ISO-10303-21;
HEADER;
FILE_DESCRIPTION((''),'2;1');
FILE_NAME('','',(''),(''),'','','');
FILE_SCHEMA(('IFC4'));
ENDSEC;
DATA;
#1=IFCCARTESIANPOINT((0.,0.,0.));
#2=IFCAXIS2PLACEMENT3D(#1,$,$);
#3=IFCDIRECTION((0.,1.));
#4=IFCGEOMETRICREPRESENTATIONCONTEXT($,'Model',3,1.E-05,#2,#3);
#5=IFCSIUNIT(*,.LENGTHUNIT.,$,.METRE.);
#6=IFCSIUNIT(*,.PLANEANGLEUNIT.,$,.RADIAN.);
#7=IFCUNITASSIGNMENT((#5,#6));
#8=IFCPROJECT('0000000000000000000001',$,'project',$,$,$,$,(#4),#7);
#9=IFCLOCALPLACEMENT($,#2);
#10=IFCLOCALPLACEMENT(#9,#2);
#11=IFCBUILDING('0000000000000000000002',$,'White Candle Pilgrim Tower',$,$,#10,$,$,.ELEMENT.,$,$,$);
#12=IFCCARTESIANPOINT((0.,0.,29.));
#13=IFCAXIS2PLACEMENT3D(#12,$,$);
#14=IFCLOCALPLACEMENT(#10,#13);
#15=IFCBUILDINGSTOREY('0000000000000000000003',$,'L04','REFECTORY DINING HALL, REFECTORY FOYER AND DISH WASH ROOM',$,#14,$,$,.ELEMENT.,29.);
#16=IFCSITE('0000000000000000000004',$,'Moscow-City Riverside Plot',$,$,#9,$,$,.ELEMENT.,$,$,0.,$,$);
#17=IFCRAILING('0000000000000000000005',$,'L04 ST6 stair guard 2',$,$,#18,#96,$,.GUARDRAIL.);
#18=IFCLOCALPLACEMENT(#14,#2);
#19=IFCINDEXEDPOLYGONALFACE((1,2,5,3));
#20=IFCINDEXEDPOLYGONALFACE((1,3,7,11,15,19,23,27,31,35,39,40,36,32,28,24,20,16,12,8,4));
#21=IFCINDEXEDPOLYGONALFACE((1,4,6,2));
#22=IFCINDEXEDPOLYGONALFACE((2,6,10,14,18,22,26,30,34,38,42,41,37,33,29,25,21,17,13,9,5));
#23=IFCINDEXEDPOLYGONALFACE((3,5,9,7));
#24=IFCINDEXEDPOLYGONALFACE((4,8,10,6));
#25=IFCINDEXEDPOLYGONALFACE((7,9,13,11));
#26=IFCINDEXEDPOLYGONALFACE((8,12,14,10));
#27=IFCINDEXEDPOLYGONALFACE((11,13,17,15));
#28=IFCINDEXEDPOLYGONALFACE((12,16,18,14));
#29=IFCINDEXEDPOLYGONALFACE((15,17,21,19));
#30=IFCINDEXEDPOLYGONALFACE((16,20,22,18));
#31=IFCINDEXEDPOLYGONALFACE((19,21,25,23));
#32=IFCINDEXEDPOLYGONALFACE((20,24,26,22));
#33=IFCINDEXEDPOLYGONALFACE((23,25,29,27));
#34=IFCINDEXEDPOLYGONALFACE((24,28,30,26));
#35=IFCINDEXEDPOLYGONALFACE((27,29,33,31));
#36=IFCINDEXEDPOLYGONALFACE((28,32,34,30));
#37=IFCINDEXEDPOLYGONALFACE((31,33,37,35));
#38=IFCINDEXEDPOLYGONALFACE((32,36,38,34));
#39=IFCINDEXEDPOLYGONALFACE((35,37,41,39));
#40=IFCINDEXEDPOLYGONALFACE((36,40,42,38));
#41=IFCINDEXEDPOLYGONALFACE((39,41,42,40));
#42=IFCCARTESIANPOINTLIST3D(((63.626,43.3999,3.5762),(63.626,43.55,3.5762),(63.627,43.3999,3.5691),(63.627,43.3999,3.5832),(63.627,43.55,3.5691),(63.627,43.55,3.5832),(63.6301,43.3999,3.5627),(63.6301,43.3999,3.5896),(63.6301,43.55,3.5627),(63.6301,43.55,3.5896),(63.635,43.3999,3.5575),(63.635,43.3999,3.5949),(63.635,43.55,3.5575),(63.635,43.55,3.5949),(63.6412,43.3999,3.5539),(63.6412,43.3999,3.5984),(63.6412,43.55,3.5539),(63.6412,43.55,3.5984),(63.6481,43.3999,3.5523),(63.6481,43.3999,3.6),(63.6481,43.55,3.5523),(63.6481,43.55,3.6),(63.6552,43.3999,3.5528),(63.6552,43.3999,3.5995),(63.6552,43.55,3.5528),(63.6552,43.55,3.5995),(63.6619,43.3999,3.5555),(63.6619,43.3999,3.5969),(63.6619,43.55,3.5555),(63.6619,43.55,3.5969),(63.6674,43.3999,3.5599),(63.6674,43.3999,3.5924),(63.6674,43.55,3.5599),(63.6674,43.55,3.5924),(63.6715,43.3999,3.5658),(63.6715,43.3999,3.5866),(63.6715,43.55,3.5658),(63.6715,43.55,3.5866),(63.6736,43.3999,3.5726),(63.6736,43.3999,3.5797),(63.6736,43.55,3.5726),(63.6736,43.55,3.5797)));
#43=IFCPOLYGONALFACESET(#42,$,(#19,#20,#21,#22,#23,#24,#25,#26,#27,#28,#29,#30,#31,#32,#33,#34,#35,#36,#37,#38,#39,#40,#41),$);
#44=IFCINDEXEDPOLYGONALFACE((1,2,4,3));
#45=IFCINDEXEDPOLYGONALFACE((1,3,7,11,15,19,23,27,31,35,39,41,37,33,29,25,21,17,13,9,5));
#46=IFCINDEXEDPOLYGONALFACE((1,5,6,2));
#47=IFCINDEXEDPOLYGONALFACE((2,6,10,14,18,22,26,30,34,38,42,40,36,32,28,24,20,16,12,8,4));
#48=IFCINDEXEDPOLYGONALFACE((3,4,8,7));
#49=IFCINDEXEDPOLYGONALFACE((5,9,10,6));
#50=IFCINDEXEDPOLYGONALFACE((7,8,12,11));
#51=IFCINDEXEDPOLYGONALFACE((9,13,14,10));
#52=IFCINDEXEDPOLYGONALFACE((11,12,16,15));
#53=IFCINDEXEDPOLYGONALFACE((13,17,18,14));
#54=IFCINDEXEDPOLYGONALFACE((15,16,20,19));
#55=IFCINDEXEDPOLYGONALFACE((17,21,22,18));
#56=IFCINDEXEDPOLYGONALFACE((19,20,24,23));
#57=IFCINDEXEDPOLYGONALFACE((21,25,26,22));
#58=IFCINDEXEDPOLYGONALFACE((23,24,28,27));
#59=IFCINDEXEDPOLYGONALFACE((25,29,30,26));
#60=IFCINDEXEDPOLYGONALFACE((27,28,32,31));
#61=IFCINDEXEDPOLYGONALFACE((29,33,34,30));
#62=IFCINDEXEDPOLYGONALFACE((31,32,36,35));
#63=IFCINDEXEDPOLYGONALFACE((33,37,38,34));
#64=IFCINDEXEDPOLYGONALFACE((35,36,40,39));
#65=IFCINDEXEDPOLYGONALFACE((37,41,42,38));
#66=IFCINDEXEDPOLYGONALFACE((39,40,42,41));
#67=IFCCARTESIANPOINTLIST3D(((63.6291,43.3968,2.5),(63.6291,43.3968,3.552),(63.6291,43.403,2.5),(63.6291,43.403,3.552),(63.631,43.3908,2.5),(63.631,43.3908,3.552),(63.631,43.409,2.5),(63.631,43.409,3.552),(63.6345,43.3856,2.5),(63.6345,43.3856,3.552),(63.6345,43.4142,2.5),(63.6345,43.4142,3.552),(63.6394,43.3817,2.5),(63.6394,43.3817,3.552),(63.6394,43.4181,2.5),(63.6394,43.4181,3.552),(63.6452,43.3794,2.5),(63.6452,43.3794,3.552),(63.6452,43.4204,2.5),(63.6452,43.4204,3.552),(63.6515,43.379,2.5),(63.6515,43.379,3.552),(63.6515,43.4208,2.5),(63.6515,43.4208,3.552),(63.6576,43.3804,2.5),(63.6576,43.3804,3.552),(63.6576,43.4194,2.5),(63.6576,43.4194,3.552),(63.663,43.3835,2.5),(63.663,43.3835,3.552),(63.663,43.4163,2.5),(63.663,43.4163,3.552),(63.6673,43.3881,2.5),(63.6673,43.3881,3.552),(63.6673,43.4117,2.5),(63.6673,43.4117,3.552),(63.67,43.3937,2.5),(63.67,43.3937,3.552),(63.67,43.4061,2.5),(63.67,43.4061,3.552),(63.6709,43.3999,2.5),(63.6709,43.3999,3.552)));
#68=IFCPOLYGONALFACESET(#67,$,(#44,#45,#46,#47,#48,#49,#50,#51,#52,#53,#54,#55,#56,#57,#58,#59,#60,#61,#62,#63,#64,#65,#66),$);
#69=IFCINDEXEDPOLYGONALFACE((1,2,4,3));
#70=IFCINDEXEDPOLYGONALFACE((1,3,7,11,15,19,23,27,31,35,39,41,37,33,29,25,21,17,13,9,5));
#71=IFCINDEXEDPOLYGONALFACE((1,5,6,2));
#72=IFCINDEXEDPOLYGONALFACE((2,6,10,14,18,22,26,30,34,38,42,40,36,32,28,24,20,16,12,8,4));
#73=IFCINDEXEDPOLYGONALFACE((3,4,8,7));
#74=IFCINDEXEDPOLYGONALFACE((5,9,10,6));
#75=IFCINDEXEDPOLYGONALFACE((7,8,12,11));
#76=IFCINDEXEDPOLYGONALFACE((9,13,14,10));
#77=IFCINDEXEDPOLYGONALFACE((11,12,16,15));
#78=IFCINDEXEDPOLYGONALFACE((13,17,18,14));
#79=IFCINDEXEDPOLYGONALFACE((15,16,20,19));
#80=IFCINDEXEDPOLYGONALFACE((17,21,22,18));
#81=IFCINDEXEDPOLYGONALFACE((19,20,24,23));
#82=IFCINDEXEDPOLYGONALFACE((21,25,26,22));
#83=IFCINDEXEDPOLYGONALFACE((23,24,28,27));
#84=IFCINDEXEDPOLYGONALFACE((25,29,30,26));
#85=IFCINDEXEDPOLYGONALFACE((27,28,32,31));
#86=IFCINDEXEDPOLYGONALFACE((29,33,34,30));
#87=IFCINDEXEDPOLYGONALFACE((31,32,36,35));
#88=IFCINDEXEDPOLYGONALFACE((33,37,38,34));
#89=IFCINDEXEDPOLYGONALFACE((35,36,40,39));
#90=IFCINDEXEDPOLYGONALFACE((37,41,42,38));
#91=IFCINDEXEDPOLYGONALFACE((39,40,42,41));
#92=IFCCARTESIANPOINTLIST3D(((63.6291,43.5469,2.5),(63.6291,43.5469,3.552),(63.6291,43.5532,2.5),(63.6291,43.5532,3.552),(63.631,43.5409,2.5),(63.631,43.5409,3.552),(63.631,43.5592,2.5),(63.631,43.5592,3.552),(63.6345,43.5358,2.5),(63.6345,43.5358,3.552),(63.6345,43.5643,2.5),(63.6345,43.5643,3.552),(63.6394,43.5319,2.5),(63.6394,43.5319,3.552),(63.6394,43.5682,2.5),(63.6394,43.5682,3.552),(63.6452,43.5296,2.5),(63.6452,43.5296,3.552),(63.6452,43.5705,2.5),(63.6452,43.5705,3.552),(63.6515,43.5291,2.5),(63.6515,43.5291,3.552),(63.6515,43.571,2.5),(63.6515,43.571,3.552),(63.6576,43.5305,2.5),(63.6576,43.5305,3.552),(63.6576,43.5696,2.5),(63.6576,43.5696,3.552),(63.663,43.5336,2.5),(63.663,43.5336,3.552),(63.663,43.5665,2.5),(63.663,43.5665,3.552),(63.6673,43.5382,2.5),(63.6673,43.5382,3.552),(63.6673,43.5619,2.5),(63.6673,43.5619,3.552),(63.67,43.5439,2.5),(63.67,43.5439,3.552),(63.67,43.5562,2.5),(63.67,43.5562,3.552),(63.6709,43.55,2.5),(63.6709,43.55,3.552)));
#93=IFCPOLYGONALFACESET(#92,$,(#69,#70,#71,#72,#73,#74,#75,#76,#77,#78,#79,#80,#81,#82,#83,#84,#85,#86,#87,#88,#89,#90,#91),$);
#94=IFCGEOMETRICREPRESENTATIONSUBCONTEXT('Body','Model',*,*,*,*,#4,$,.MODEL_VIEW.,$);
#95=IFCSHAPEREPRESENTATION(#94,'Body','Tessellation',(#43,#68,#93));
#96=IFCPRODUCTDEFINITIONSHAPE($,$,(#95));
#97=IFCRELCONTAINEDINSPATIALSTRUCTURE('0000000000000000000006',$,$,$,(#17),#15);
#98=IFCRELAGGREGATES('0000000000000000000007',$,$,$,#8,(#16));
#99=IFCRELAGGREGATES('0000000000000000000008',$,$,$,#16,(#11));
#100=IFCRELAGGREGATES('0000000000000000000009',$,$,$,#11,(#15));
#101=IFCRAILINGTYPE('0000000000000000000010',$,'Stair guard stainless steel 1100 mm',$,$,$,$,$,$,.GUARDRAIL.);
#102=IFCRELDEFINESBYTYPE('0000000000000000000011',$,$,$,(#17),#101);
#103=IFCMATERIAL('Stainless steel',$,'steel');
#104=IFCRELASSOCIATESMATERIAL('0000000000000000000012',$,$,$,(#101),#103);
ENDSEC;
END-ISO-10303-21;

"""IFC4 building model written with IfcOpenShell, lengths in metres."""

from ifc_helpers import new_model, si_unit, direction, frame, origin, origin_2d, place, context, subcontext, project, spatial, circle, extrude, material, type_object, element, save


model = new_model("IFC4")

# Units and contexts
model_context = context("Model", 3, precision=1e-05, world=origin(), true_north=direction((0.0, 1.0)))
body_context = subcontext(model_context, "Body", "Model", "MODEL_VIEW")
ifc_project = project(units=[si_unit("LENGTHUNIT", "METRE"), si_unit("PLANEANGLEUNIT", "RADIAN")], contexts=[model_context])

# Site, building, storey
site_placement = place(None, origin())
site = spatial("IfcSite", under=ifc_project, at=site_placement, Name="Moscow-City Riverside Plot", CompositionType="ELEMENT", RefElevation=0.0)
building_placement = place(site_placement, origin())
building = spatial("IfcBuilding", under=site, at=building_placement, Name="White Candle Pilgrim Tower", CompositionType="ELEMENT")
storey_placement = place(building_placement, frame((0.0, 0.0, 29.0)))
storey = spatial("IfcBuildingStorey", under=building, at=storey_placement, Name="L04", Description="REFECTORY DINING HALL, REFECTORY FOYER AND DISH WASH ROOM", CompositionType="ELEMENT", Elevation=29.0)

# Railing
ifc_material_1 = material(Name="Stainless steel", Category="steel")
railing_type_1 = type_object("IfcRailingType", Name="Stair guard stainless steel 1100 mm", PredefinedType="GUARDRAIL", material=ifc_material_1)
railing_1_placement = place(storey_placement, frame((63.6499, 43.3999, 2.5)))
element("IfcRailing", 1, at=railing_1_placement, inside=storey, type_object=railing_type_1, Name="L04 ST6 stair guard 2", PredefinedType="GUARDRAIL", context=body_context, shape_type="SweptSolid", body=[
    extrude(circle(Radius=0.0239, at=origin_2d()), frame((0.0, 0.0, 1.0762), z_axis=(0.0, 1.0, 0.0), x_axis=(-1.0, 0.0, 0.0)), (0.0, 0.0, 1.0), 0.1501),
    extrude(circle(Radius=0.021, at=origin_2d()), origin(), (0.0, 0.0, 1.0), 1.052),
    extrude(circle(Radius=0.021, at=origin_2d()), frame((0.0, 0.1501, 0.0)), (0.0, 0.0, 1.0), 1.052),
])

save(model, "model.ifc")
